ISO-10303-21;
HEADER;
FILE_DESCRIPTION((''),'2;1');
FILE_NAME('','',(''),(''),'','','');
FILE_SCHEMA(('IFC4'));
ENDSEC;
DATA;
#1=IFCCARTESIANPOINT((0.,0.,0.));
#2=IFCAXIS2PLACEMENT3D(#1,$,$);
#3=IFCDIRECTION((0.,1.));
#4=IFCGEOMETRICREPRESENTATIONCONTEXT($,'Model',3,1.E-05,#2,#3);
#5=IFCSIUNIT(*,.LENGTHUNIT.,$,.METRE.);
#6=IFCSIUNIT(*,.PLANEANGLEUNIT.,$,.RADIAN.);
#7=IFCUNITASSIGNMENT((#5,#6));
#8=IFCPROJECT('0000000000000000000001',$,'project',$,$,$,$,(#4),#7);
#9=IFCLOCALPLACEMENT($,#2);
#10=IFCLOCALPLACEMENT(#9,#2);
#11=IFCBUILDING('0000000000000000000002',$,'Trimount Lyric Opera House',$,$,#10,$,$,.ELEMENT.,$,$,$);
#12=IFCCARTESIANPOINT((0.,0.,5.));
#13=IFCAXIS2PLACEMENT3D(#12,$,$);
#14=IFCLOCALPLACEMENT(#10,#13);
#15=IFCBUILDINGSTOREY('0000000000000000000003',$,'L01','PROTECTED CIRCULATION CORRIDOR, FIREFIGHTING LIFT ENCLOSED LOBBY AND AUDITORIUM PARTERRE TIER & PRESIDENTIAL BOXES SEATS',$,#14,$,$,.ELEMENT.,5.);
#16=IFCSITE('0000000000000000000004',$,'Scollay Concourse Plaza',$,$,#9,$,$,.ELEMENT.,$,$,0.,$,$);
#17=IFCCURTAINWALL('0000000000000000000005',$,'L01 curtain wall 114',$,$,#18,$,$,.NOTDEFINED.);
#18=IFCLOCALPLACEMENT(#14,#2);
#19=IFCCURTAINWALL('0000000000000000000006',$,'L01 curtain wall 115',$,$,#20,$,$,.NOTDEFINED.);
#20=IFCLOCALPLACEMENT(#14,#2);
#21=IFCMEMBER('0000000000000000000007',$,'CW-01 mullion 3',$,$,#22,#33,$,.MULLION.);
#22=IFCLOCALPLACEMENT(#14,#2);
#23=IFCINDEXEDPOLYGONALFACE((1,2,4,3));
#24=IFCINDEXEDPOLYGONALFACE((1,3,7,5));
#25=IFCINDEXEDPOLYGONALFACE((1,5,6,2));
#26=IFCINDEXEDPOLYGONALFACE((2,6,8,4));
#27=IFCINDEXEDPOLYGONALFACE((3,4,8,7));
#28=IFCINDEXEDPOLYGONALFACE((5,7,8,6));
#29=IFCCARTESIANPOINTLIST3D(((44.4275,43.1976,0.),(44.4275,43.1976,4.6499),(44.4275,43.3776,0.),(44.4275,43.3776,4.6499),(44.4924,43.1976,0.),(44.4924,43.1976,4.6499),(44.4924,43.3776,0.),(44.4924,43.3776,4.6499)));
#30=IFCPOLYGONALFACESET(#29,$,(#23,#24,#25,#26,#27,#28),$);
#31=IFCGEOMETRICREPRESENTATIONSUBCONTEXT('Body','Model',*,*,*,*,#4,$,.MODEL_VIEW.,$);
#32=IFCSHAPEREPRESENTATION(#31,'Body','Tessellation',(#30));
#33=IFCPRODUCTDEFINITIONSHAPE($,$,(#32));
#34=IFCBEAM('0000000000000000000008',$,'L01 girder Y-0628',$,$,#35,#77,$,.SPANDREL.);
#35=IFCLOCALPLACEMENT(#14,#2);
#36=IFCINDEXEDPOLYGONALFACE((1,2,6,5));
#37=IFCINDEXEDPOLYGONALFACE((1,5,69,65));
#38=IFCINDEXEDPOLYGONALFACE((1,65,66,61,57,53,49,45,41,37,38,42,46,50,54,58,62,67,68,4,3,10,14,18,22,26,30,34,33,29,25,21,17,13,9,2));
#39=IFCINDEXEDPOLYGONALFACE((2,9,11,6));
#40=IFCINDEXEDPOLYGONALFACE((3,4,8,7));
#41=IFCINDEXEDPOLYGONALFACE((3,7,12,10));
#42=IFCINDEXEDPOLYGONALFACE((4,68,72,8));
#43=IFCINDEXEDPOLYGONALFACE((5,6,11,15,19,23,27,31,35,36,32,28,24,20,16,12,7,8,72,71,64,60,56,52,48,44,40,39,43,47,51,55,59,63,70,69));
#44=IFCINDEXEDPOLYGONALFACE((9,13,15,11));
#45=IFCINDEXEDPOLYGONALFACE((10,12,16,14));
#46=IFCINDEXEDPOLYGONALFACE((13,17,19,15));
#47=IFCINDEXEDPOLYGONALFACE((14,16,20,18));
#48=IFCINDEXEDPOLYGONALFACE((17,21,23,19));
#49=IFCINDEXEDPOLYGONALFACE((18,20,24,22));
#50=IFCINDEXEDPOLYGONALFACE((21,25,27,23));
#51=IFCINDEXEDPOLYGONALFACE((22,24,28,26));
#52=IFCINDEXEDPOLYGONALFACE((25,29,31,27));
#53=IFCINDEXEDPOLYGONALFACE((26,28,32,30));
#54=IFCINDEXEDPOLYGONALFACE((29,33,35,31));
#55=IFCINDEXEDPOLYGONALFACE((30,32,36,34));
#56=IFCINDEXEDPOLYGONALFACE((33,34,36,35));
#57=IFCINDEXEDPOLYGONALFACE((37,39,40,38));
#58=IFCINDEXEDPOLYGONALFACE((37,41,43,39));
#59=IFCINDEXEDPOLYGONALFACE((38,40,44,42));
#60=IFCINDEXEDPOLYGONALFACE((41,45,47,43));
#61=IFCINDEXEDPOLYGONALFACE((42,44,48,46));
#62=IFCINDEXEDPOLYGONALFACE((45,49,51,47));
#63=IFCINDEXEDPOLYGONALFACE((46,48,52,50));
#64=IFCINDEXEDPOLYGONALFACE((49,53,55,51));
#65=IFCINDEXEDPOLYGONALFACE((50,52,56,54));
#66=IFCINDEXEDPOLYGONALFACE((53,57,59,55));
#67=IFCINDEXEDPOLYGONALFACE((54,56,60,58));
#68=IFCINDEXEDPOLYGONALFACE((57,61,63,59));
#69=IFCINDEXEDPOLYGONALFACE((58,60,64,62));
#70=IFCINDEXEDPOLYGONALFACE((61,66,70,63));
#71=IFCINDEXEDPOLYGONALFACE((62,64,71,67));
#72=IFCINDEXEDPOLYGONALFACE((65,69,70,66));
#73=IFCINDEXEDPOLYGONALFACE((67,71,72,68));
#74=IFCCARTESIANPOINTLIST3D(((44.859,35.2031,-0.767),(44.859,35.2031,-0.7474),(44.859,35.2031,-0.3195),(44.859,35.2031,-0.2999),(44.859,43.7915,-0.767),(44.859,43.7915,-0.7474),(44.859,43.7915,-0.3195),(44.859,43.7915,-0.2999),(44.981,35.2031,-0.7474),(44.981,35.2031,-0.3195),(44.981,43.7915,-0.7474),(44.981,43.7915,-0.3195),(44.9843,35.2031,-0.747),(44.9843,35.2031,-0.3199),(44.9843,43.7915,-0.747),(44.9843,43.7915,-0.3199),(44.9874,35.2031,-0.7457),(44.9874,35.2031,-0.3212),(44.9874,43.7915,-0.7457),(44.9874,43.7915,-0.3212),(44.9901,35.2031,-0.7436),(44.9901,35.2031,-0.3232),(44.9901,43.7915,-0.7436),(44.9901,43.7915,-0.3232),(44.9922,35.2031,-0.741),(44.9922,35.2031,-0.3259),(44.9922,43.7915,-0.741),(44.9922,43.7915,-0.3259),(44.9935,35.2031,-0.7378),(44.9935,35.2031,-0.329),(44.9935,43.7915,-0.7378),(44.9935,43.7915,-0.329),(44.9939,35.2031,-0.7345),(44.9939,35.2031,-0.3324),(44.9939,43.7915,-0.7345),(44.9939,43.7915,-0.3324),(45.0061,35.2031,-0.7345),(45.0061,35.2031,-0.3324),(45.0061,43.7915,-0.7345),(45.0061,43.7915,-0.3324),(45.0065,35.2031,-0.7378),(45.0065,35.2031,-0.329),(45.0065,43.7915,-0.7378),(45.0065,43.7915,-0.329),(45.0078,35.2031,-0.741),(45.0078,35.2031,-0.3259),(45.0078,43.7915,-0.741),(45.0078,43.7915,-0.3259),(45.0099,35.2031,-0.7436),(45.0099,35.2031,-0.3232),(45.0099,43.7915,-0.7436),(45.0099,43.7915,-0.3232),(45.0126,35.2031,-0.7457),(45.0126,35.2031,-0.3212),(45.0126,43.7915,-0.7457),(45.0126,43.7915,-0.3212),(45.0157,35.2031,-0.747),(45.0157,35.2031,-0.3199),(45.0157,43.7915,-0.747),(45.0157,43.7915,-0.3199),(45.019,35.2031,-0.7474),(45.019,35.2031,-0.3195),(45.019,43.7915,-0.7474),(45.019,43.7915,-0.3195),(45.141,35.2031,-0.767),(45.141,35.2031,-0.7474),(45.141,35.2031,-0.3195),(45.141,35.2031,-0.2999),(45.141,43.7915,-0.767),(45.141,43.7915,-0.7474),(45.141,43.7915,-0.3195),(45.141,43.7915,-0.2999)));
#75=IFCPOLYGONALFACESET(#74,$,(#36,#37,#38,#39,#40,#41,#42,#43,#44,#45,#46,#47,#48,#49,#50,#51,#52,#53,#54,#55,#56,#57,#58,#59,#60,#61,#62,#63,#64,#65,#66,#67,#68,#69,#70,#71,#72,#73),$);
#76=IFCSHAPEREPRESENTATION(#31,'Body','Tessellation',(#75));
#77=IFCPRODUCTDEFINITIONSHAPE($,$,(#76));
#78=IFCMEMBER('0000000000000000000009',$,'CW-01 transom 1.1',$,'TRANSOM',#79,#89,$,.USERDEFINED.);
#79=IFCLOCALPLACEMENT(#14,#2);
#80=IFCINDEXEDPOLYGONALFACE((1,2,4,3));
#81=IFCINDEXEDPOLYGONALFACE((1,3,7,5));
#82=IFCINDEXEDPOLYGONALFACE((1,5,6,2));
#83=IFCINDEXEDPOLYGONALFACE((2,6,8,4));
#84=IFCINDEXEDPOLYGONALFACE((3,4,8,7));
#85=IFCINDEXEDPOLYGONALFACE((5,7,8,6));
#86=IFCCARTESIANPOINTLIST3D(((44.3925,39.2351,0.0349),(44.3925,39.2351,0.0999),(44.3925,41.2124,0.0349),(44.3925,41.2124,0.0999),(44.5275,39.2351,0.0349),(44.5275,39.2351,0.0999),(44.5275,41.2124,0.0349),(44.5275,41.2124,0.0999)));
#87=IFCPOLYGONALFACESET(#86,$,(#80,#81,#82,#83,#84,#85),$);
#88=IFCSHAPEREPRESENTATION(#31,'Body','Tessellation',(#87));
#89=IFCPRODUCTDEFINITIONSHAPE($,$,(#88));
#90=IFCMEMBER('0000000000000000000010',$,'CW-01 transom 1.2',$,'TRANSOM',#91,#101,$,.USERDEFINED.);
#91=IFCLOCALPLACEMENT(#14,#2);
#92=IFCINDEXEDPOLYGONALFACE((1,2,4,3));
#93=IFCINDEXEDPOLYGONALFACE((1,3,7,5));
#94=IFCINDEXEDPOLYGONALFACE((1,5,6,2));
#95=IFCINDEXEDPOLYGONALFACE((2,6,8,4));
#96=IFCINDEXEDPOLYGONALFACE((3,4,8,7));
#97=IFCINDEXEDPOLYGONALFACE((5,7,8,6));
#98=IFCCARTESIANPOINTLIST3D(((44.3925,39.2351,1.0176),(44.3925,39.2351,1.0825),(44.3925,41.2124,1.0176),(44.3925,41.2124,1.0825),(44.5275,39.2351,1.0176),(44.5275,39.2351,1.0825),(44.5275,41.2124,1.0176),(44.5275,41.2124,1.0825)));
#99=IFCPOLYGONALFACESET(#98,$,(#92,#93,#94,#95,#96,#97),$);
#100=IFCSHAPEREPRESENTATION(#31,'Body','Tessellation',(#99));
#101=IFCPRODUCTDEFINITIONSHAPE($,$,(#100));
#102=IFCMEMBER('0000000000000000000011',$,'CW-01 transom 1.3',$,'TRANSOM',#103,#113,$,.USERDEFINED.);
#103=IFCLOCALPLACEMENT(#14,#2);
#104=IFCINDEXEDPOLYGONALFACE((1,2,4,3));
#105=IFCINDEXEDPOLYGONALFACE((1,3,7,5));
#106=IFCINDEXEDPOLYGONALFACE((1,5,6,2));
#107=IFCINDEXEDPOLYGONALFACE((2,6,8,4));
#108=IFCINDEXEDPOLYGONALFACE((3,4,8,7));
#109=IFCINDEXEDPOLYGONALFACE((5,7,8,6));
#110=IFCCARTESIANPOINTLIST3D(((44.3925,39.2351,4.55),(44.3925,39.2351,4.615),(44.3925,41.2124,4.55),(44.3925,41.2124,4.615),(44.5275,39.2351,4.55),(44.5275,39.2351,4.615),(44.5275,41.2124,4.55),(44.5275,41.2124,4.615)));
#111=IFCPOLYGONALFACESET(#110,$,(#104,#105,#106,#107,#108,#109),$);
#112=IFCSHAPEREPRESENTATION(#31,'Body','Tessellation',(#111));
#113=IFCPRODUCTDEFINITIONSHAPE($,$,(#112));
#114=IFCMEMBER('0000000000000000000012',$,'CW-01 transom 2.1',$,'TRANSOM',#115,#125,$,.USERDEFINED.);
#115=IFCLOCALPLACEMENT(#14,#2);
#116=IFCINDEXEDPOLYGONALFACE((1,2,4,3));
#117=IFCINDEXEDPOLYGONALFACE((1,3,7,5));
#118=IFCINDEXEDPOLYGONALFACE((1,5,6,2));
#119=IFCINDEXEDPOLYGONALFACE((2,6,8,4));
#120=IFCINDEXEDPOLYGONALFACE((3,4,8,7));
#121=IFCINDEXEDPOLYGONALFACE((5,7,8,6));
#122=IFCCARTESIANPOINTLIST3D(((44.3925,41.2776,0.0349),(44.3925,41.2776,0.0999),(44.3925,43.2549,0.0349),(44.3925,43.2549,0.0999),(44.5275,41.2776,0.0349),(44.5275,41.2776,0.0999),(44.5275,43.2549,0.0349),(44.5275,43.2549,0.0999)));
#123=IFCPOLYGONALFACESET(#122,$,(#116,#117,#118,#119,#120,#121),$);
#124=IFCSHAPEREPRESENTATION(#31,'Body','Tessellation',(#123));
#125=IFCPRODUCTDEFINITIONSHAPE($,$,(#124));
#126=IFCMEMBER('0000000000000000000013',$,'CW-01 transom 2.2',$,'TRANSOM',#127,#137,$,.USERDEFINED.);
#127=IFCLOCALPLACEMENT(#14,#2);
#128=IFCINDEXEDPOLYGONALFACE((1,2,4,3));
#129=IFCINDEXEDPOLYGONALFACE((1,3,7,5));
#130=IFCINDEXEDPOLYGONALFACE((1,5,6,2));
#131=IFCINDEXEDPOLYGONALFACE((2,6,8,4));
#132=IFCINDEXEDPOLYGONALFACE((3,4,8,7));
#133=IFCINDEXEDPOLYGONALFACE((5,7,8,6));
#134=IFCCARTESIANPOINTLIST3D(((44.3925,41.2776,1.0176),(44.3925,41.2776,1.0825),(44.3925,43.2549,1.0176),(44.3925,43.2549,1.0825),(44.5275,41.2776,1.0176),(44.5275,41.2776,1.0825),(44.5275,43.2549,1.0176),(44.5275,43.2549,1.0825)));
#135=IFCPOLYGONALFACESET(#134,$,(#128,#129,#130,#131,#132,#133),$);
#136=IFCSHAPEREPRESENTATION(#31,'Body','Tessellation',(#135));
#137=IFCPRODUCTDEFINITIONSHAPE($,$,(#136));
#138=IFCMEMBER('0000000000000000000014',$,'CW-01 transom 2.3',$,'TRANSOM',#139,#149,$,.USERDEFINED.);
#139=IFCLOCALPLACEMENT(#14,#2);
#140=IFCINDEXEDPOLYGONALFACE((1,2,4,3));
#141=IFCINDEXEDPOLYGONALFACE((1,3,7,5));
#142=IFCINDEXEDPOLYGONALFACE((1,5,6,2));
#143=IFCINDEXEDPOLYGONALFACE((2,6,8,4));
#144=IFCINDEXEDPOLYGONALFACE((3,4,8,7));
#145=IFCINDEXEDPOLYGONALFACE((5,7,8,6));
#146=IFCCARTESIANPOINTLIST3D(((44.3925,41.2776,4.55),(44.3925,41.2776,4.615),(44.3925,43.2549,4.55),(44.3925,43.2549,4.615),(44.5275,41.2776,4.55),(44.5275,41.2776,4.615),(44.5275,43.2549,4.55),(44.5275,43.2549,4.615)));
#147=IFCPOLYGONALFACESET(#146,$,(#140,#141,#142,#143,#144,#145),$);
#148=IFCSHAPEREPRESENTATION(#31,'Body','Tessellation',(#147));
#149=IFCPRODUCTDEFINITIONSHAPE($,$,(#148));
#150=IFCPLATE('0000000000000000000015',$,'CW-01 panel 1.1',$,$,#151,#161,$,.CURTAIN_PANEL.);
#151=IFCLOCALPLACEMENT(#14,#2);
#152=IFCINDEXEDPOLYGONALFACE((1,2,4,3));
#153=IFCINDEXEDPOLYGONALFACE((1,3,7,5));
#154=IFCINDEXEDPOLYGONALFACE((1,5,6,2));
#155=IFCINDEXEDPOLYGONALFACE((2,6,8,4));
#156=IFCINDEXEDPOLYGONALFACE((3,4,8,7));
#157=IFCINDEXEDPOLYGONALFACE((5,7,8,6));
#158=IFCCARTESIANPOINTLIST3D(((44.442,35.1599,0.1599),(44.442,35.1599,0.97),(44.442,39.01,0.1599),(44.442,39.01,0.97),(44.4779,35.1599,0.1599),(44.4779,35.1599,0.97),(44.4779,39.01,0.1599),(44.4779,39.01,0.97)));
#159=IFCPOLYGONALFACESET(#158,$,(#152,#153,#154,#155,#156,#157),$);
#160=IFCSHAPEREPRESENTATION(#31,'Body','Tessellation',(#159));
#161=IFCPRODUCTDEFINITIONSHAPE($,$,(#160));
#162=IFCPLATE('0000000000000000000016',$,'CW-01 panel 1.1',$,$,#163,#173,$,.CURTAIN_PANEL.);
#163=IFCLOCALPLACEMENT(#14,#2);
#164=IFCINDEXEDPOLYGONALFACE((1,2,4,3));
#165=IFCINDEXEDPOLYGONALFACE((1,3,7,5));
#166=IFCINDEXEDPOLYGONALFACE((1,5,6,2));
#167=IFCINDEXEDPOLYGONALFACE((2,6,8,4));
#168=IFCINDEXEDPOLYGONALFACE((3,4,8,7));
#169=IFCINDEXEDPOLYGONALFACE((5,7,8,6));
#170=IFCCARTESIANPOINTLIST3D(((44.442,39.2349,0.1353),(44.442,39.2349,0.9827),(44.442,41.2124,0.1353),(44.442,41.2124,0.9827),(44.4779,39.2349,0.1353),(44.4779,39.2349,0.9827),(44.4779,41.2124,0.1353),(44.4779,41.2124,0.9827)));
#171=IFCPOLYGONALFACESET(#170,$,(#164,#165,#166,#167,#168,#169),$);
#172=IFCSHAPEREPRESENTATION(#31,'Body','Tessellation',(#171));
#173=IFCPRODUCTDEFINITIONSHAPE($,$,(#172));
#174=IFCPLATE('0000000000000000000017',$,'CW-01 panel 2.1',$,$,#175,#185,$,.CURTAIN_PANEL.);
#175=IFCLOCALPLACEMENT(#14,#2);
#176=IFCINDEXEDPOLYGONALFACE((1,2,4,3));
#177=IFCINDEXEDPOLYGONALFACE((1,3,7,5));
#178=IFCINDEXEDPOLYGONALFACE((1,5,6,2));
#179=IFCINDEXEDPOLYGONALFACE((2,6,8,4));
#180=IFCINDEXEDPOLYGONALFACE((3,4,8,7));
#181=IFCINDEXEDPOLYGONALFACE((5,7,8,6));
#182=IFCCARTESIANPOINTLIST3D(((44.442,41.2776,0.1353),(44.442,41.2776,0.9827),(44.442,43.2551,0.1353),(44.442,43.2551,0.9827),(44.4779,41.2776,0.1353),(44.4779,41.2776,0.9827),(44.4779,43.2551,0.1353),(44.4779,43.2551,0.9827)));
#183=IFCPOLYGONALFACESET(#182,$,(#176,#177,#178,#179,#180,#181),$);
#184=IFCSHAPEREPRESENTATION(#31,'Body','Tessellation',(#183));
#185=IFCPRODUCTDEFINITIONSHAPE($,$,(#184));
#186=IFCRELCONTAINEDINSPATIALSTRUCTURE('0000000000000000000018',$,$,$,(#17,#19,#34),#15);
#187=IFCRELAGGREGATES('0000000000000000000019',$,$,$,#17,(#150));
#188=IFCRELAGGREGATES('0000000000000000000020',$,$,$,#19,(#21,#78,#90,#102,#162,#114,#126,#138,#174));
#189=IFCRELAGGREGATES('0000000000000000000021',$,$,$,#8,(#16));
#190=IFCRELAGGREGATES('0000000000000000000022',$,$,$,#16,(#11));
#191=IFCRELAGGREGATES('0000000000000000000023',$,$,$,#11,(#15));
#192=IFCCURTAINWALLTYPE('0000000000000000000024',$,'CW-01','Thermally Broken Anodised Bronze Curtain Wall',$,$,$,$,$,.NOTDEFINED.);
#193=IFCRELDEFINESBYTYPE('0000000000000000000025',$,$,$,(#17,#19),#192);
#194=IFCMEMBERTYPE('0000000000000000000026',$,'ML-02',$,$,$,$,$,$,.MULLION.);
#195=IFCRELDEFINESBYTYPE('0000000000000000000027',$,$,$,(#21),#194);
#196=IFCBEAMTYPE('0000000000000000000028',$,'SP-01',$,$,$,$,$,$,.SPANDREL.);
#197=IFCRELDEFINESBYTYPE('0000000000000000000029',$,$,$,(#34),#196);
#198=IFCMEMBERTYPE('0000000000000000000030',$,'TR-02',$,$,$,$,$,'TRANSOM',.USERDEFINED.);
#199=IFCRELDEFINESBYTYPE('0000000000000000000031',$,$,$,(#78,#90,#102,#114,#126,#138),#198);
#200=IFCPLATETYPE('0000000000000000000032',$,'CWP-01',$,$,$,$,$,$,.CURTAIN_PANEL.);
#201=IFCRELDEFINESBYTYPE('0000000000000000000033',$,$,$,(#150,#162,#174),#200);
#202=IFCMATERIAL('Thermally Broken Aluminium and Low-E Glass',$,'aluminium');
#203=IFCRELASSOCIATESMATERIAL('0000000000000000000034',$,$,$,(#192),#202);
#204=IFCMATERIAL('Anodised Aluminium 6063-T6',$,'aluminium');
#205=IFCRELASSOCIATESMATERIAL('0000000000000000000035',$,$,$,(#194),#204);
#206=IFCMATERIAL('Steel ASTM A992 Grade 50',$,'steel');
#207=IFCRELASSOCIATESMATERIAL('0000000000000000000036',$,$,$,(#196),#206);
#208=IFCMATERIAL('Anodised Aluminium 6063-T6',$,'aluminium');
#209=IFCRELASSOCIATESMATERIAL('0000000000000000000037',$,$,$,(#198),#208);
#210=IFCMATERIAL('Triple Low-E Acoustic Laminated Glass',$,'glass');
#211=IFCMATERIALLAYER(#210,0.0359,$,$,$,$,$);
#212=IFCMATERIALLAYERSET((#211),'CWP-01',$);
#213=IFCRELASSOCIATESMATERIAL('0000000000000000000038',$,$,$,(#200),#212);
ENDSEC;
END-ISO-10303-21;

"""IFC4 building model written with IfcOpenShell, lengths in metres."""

from ifc_helpers import new_model, si_unit, direction, frame, origin, origin_2d, place, context, subcontext, project, spatial, rectangle, i_section, extrude, material, layer, layer_set, material_profile, profile_set, type_object, element, aggregate, save


model = new_model("IFC4")

# Units and contexts
model_context = context("Model", 3, precision=1e-05, world=origin(), true_north=direction((0.0, 1.0)))
body_context = subcontext(model_context, "Body", "Model", "MODEL_VIEW")
ifc_project = project(units=[si_unit("LENGTHUNIT", "METRE"), si_unit("PLANEANGLEUNIT", "RADIAN")], contexts=[model_context])

# Site, building, storey
site_placement = place(None, origin())
site = spatial("IfcSite", under=ifc_project, at=site_placement, Name="Scollay Concourse Plaza", CompositionType="ELEMENT", RefElevation=0.0)
building_placement = place(site_placement, origin())
building = spatial("IfcBuilding", under=site, at=building_placement, Name="Trimount Lyric Opera House", CompositionType="ELEMENT")
storey_placement = place(building_placement, frame((0.0, 0.0, 5.0)))
storey = spatial("IfcBuildingStorey", under=building, at=storey_placement, Name="L01", Description="PROTECTED CIRCULATION CORRIDOR, FIREFIGHTING LIFT ENCLOSED LOBBY AND AUDITORIUM PARTERRE TIER & PRESIDENTIAL BOXES SEATS", CompositionType="ELEMENT", Elevation=5.0)

# Curtain wall
ifc_material_1 = material(Name="Thermally Broken Aluminium and Low-E Glass", Category="aluminium")
curtain_wall_type = type_object("IfcCurtainWallType", Name="CW-01", Description="Thermally Broken Anodised Bronze Curtain Wall", PredefinedType="NOTDEFINED", material=ifc_material_1)
curtain_wall_1_placement = place(storey_placement, origin())
curtain_wall_1 = element("IfcCurtainWall", 1, at=curtain_wall_1_placement, inside=storey, type_object=curtain_wall_type, Name="L01 curtain wall 114", PredefinedType="NOTDEFINED")

# Curtain wall, member
curtain_wall_2_placement = place(storey_placement, origin())
curtain_wall_2 = element("IfcCurtainWall", 2, at=curtain_wall_2_placement, inside=storey, type_object=curtain_wall_type, Name="L01 curtain wall 115", PredefinedType="NOTDEFINED")
ifc_material_2 = material(Name="Anodised Aluminium 6063-T6", Category="aluminium")
ifc_material_profile_1 = material_profile(ifc_material_2, rectangle(XDim=0.0649, YDim=0.1799, at=origin_2d()), Name="ALU-MULL-65X180")
ifc_profile_set_1 = profile_set([ifc_material_profile_1], Name="Anodised Aluminium 6063-T6")
member_type_1 = type_object("IfcMemberType", Name="ML-02", PredefinedType="MULLION", material=ifc_profile_set_1)
member_1_placement = place(storey_placement, frame((44.46, 43.2876, 0.0), z_axis=(0.0, 0.0, 1.0), x_axis=(-1.0, 0.0, 0.0)))
member_1 = element("IfcMember", 3, at=member_1_placement, type_object=member_type_1, Name="CW-01 mullion 3", PredefinedType="MULLION", context=body_context, shape_type="SweptSolid", body=[
    extrude(rectangle(XDim=0.0649, YDim=0.1799, at=origin_2d()), origin(), (0.0, 0.0, 1.0), 4.6499),
])

# Beam
ifc_material_3 = material(Name="Steel ASTM A992 Grade 50", Category="steel")
ifc_material_profile_2 = material_profile(ifc_material_3, i_section(OverallWidth=0.282, OverallDepth=0.467, WebThickness=0.0122, FlangeThickness=0.0195, FilletRadius=0.0129, at=origin_2d()), Name="W18X86")
ifc_profile_set_2 = profile_set([ifc_material_profile_2], Name="Steel ASTM A992 Grade 50")
beam_type_1 = type_object("IfcBeamType", Name="SP-01", PredefinedType="SPANDREL", material=ifc_profile_set_2)
beam_1_placement = place(storey_placement, frame((45.0, 35.2031, -0.5334), z_axis=(0.0, 1.0, 0.0), x_axis=(-1.0, 0.0, 0.0)))
element("IfcBeam", 4, at=beam_1_placement, inside=storey, type_object=beam_type_1, Name="L01 girder Y-0628", PredefinedType="SPANDREL", context=body_context, shape_type="SweptSolid", body=[
    extrude(i_section(OverallWidth=0.282, OverallDepth=0.467, WebThickness=0.0122, FlangeThickness=0.0195, FilletRadius=0.0129, at=origin_2d()), origin(), (0.0, 0.0, 1.0), 8.5884),
])

# Members
ifc_material_4 = material(Name="Anodised Aluminium 6063-T6", Category="aluminium")
ifc_material_profile_3 = material_profile(ifc_material_4, rectangle(XDim=0.135, YDim=0.0649, at=origin_2d()), Name="ALU-TRAN-65X135")
ifc_profile_set_3 = profile_set([ifc_material_profile_3], Name="Anodised Aluminium 6063-T6")
member_type_2 = type_object("IfcMemberType", Name="TR-02", ElementType="TRANSOM", PredefinedType="USERDEFINED", material=ifc_profile_set_3)
member_2_placement = place(storey_placement, frame((44.46, 39.2351, 0.0674), z_axis=(0.0, 1.0, 0.0), x_axis=(-1.0, 0.0, 0.0)))
member_2 = element("IfcMember", 5, at=member_2_placement, type_object=member_type_2, Name="CW-01 transom 1.1", ObjectType="TRANSOM", PredefinedType="USERDEFINED", context=body_context, shape_type="SweptSolid", body=[
    extrude(rectangle(XDim=0.135, YDim=0.0649, at=origin_2d()), origin(), (0.0, 0.0, 1.0), 1.9773),
])
member_3_placement = place(storey_placement, frame((44.46, 39.2351, 1.05), z_axis=(0.0, 1.0, 0.0), x_axis=(-1.0, 0.0, 0.0)))
member_3 = element("IfcMember", 6, at=member_3_placement, type_object=member_type_2, Name="CW-01 transom 1.2", ObjectType="TRANSOM", PredefinedType="USERDEFINED", context=body_context, shape_type="SweptSolid", body=[
    extrude(rectangle(XDim=0.135, YDim=0.0649, at=origin_2d()), origin(), (0.0, 0.0, 1.0), 1.9773),
])
member_4_placement = place(storey_placement, frame((44.46, 39.2351, 4.5825), z_axis=(0.0, 1.0, 0.0), x_axis=(-1.0, 0.0, 0.0)))
member_4 = element("IfcMember", 7, at=member_4_placement, type_object=member_type_2, Name="CW-01 transom 1.3", ObjectType="TRANSOM", PredefinedType="USERDEFINED", context=body_context, shape_type="SweptSolid", body=[
    extrude(rectangle(XDim=0.135, YDim=0.0649, at=origin_2d()), origin(), (0.0, 0.0, 1.0), 1.9773),
])
member_5_placement = place(storey_placement, frame((44.46, 41.2776, 0.0674), z_axis=(0.0, 1.0, 0.0), x_axis=(-1.0, 0.0, 0.0)))
member_5 = element("IfcMember", 8, at=member_5_placement, type_object=member_type_2, Name="CW-01 transom 2.1", ObjectType="TRANSOM", PredefinedType="USERDEFINED", context=body_context, shape_type="SweptSolid", body=[
    extrude(rectangle(XDim=0.135, YDim=0.0649, at=origin_2d()), origin(), (0.0, 0.0, 1.0), 1.9773),
])
member_6_placement = place(storey_placement, frame((44.46, 41.2776, 1.05), z_axis=(0.0, 1.0, 0.0), x_axis=(-1.0, 0.0, 0.0)))
member_6 = element("IfcMember", 9, at=member_6_placement, type_object=member_type_2, Name="CW-01 transom 2.2", ObjectType="TRANSOM", PredefinedType="USERDEFINED", context=body_context, shape_type="SweptSolid", body=[
    extrude(rectangle(XDim=0.135, YDim=0.0649, at=origin_2d()), origin(), (0.0, 0.0, 1.0), 1.9773),
])
member_7_placement = place(storey_placement, frame((44.46, 41.2776, 4.5825), z_axis=(0.0, 1.0, 0.0), x_axis=(-1.0, 0.0, 0.0)))
member_7 = element("IfcMember", 10, at=member_7_placement, type_object=member_type_2, Name="CW-01 transom 2.3", ObjectType="TRANSOM", PredefinedType="USERDEFINED", context=body_context, shape_type="SweptSolid", body=[
    extrude(rectangle(XDim=0.135, YDim=0.0649, at=origin_2d()), origin(), (0.0, 0.0, 1.0), 1.9773),
])

# Plates
ifc_material_5 = material(Name="Triple Low-E Acoustic Laminated Glass", Category="glass")
ifc_layer_1 = layer(ifc_material_5, 0.0359)
ifc_layer_set_1 = layer_set([ifc_layer_1], Name="CWP-01")
plate_type_1 = type_object("IfcPlateType", Name="CWP-01", PredefinedType="CURTAIN_PANEL", material=ifc_layer_set_1)
plate_1_placement = place(storey_placement, frame((44.46, 37.085, 0.1599), z_axis=(0.0, 0.0, 1.0), x_axis=(0.0, 1.0, 0.0)))
plate_1 = element("IfcPlate", 11, at=plate_1_placement, type_object=plate_type_1, Name="CW-01 panel 1.1", PredefinedType="CURTAIN_PANEL", context=body_context, shape_type="SweptSolid", body=[
    extrude(rectangle(XDim=3.8501, YDim=0.0359, at=origin_2d()), origin(), (0.0, 0.0, 1.0), 0.8101),
])
plate_2_placement = place(storey_placement, frame((44.46, 40.2236, 0.1353), z_axis=(0.0, 0.0, 1.0), x_axis=(0.0, 1.0, 0.0)))
plate_2 = element("IfcPlate", 12, at=plate_2_placement, type_object=plate_type_1, Name="CW-01 panel 1.1", PredefinedType="CURTAIN_PANEL", context=body_context, shape_type="SweptSolid", body=[
    extrude(rectangle(XDim=1.9775, YDim=0.0359, at=origin_2d()), origin(), (0.0, 0.0, 1.0), 0.8474),
])
plate_3_placement = place(storey_placement, frame((44.46, 42.2664, 0.1353), z_axis=(0.0, 0.0, 1.0), x_axis=(0.0, 1.0, 0.0)))
plate_3 = element("IfcPlate", 13, at=plate_3_placement, type_object=plate_type_1, Name="CW-01 panel 2.1", PredefinedType="CURTAIN_PANEL", context=body_context, shape_type="SweptSolid", body=[
    extrude(rectangle(XDim=1.9775, YDim=0.0359, at=origin_2d()), origin(), (0.0, 0.0, 1.0), 0.8474),
])
aggregate(curtain_wall_1, [plate_1])
aggregate(curtain_wall_2, [member_1, member_2, member_3, member_4, plate_2, member_5, member_6, member_7, plate_3])

save(model, "model.ifc")
